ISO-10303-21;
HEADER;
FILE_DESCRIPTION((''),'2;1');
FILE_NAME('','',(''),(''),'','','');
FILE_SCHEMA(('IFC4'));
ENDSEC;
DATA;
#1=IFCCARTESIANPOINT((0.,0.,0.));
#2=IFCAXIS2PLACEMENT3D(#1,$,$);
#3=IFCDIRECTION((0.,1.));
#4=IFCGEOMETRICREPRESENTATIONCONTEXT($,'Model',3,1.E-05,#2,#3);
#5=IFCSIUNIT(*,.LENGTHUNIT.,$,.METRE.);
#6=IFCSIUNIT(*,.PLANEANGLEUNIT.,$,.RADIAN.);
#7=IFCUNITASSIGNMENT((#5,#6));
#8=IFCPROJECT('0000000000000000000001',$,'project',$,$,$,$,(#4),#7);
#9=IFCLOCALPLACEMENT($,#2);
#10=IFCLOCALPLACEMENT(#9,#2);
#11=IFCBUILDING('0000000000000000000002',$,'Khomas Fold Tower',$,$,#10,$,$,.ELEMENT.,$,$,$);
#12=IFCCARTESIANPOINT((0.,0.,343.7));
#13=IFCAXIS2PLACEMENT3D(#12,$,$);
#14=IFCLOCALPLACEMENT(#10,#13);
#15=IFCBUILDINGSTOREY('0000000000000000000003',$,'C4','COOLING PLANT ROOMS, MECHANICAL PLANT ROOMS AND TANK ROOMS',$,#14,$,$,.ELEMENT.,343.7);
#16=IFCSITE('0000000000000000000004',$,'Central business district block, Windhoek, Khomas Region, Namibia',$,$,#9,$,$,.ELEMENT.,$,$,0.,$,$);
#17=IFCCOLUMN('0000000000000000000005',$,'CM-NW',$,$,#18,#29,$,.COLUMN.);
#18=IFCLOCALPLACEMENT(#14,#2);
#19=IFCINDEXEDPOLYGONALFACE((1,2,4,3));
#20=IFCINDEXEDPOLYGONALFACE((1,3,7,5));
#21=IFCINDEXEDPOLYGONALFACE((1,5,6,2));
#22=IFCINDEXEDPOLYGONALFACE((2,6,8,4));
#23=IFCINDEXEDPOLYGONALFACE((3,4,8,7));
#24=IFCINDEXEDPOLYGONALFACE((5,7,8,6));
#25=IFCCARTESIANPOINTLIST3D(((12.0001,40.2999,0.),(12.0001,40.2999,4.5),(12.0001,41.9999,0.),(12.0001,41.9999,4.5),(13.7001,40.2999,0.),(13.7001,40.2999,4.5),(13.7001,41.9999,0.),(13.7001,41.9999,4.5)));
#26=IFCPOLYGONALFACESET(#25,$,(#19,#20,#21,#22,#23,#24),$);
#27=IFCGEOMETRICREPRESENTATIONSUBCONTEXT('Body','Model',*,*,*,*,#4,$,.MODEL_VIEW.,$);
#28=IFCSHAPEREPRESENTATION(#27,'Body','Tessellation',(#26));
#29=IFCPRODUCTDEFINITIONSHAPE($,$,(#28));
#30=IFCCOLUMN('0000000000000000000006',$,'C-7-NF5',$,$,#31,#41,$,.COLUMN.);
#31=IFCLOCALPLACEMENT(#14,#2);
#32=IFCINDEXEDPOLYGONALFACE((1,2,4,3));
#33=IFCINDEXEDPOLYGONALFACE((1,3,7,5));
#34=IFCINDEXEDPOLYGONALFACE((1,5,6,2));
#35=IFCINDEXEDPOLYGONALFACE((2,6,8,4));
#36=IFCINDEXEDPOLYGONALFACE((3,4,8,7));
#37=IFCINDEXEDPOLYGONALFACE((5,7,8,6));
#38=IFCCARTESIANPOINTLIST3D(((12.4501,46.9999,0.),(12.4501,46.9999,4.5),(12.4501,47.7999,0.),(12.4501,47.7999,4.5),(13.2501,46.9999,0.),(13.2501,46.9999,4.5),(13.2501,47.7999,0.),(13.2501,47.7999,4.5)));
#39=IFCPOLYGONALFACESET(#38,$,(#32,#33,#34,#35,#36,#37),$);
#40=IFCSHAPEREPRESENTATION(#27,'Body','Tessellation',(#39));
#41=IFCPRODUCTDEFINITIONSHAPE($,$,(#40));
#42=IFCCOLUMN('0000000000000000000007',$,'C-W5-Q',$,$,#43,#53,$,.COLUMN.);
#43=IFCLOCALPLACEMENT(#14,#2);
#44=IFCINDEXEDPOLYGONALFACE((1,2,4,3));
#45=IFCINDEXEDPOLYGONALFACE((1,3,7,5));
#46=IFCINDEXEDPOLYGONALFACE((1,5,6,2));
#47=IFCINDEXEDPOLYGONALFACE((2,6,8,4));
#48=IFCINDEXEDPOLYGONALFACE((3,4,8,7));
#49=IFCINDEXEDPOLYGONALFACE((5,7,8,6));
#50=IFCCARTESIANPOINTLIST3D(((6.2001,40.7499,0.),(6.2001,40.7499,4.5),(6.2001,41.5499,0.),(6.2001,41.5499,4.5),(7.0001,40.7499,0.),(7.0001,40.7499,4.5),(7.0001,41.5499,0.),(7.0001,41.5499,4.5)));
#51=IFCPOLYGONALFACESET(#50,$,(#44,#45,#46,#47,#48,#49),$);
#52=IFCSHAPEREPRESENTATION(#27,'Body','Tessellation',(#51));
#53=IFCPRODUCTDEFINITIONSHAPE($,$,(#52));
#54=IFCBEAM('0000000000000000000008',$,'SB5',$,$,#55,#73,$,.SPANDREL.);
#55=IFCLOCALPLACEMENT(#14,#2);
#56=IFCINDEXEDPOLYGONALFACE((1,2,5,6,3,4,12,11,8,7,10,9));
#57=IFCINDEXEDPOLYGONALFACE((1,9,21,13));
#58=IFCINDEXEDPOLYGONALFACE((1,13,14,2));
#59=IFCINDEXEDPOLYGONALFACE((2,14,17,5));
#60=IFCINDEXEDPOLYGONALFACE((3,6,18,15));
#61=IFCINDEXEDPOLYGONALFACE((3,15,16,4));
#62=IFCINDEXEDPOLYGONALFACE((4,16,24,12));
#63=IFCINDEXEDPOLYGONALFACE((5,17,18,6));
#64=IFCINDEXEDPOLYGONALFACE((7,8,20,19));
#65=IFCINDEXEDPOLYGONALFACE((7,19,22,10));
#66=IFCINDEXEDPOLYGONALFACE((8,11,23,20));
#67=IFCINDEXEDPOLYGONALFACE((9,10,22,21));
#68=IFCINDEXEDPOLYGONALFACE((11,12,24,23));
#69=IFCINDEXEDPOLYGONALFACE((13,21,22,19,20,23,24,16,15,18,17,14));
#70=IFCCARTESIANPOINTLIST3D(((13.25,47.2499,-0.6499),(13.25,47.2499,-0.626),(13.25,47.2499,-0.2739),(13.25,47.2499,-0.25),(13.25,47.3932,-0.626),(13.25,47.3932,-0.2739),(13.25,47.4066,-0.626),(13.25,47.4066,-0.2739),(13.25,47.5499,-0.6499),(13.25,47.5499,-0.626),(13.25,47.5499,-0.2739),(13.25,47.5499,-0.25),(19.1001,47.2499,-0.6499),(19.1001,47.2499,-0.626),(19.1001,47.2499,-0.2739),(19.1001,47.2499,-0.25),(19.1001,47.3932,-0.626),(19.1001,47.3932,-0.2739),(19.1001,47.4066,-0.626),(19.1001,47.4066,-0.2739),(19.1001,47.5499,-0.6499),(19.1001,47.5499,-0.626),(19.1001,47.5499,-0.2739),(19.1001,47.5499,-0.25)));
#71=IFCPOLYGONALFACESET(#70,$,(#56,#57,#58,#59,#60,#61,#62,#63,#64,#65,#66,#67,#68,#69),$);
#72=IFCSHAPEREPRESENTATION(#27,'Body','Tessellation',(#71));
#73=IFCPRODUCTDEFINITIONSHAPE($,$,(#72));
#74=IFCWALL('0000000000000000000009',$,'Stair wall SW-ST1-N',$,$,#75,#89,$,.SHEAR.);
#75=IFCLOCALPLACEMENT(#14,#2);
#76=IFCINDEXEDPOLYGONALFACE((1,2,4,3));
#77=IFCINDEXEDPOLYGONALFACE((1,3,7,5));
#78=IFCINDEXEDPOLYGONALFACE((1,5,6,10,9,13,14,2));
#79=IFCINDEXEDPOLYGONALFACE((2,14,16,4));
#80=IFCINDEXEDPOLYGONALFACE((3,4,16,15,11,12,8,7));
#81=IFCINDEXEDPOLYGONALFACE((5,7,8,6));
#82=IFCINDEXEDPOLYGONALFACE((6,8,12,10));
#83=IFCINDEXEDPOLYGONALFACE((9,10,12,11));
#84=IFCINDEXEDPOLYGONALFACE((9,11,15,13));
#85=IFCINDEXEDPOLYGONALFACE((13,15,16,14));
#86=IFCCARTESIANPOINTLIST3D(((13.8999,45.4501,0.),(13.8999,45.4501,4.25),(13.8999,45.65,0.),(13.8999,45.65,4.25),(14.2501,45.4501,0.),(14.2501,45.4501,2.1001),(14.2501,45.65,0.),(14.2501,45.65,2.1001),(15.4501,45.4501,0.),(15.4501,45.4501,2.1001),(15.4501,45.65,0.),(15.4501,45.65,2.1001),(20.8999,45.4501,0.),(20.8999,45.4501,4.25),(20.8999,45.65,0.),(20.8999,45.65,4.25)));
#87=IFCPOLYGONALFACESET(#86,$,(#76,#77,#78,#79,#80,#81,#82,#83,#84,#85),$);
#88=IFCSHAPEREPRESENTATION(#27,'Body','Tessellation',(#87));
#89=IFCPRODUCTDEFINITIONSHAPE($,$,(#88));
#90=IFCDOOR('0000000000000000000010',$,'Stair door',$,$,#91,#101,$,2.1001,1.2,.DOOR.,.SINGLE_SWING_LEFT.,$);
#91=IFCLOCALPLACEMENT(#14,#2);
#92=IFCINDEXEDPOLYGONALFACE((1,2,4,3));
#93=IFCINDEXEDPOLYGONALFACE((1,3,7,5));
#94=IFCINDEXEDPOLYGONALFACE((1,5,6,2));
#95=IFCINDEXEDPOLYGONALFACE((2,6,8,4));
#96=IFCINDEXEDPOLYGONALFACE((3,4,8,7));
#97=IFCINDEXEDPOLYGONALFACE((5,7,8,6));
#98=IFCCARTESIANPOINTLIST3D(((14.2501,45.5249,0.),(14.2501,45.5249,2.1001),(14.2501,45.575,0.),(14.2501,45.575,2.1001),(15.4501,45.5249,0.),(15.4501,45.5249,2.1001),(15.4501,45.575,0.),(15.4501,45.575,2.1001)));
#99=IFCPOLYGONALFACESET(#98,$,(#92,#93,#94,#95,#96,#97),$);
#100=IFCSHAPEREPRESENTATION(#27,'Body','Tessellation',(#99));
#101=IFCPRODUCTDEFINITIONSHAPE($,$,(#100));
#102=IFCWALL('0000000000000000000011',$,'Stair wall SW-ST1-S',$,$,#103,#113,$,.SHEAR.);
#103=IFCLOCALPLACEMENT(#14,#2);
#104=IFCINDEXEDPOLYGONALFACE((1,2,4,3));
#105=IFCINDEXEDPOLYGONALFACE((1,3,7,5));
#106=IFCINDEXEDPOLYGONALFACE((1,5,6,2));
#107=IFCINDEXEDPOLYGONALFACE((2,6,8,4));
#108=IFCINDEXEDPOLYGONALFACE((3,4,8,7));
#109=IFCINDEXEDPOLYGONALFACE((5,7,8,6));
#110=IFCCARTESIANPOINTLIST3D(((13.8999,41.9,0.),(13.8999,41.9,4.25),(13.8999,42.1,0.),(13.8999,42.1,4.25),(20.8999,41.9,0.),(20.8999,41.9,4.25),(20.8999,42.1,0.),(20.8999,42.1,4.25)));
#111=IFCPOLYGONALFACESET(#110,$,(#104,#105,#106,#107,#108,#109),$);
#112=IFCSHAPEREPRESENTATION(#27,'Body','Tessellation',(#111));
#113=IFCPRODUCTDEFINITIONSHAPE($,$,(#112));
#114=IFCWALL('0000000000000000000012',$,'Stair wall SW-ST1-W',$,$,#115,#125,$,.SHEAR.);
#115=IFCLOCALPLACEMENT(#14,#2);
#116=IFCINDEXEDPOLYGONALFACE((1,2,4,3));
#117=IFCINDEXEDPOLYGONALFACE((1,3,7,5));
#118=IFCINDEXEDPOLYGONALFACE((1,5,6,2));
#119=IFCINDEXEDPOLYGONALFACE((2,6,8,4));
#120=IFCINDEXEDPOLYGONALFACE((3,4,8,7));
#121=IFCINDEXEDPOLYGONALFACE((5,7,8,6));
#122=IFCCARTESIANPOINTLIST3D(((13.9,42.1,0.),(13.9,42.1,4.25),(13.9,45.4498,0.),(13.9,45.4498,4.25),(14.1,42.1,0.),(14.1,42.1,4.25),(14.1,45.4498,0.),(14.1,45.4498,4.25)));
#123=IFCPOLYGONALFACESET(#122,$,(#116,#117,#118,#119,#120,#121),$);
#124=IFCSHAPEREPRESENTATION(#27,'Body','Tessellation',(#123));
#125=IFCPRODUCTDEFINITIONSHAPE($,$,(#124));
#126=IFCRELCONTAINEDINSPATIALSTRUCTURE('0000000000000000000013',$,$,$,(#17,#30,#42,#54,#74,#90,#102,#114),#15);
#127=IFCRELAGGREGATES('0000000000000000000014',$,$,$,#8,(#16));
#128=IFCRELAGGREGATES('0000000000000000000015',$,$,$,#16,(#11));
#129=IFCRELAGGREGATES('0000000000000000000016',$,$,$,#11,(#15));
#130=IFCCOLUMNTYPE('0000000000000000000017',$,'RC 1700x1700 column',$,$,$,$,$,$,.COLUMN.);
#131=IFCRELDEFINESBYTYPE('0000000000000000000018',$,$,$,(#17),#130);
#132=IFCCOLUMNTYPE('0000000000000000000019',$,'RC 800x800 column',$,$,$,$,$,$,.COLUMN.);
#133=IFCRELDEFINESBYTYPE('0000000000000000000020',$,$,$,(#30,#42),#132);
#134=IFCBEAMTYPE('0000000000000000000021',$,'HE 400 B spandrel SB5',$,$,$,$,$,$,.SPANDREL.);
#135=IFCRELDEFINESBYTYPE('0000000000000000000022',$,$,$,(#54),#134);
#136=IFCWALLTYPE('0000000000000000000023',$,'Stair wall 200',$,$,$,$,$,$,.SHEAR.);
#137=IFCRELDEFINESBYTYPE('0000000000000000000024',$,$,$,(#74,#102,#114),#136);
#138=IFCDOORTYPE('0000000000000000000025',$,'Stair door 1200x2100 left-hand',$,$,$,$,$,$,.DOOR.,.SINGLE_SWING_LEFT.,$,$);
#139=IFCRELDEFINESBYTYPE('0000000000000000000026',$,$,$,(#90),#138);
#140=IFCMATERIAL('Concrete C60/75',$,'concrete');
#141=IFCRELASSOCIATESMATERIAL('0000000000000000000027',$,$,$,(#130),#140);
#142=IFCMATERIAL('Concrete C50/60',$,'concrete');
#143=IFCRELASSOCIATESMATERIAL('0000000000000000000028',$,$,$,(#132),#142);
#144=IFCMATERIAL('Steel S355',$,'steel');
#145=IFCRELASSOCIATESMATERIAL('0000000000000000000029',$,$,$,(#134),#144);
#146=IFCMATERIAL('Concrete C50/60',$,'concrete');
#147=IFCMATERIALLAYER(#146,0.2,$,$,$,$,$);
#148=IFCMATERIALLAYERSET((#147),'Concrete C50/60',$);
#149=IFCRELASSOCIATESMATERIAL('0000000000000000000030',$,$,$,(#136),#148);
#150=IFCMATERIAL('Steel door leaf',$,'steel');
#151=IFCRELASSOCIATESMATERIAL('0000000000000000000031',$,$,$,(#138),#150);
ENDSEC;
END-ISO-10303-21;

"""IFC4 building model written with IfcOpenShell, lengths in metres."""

from ifc_helpers import new_model, si_unit, direction, frame, frame_2d, origin, origin_2d, place, context, subcontext, project, spatial, rectangle, i_section, extrude, source, transform, mapped, material, layer, layer_set, material_profile, profile_set, type_object, element, fill, save


model = new_model("IFC4")

# Units and contexts
model_context = context("Model", 3, precision=1e-05, world=origin(), true_north=direction((0.0, 1.0)))
body_context = subcontext(model_context, "Body", "Model", "MODEL_VIEW")
ifc_project = project(units=[si_unit("LENGTHUNIT", "METRE"), si_unit("PLANEANGLEUNIT", "RADIAN")], contexts=[model_context])

# Site, building, storey
site_placement = place(None, origin())
site = spatial("IfcSite", under=ifc_project, at=site_placement, Name="Central business district block, Windhoek, Khomas Region, Namibia", CompositionType="ELEMENT", RefElevation=0.0)
building_placement = place(site_placement, origin())
building = spatial("IfcBuilding", under=site, at=building_placement, Name="Khomas Fold Tower", CompositionType="ELEMENT")
storey_placement = place(building_placement, frame((0.0, 0.0, 343.7)))
storey = spatial("IfcBuildingStorey", under=building, at=storey_placement, Name="C4", Description="COOLING PLANT ROOMS, MECHANICAL PLANT ROOMS AND TANK ROOMS", CompositionType="ELEMENT", Elevation=343.7)

# Columns
ifc_material_1 = material(Name="Concrete C60/75", Category="concrete")
ifc_material_profile_1 = material_profile(ifc_material_1, rectangle(XDim=1.7, YDim=1.7, at=origin_2d()), Name="RC 1700x1700")
ifc_profile_set_1 = profile_set([ifc_material_profile_1], Name="Concrete C60/75")
column_type_1 = type_object("IfcColumnType", Name="RC 1700x1700 column", PredefinedType="COLUMN", material=ifc_profile_set_1)
shared_shape_1 = source(origin(), body_context, "Body", "SweptSolid", [
    extrude(rectangle(XDim=1.7, YDim=1.7, at=origin_2d()), origin(), (0.0, 0.0, 1.0), 4.5),
])
column_placement = place(storey_placement, frame((12.8501, 41.1499, 0.0), z_axis=(0.0, 0.0, 1.0), x_axis=(1.0, 0.0, 0.0)))
element("IfcColumn", 1, at=column_placement, inside=storey, type_object=column_type_1, Name="CM-NW", PredefinedType="COLUMN", context=body_context, shape_type="MappedRepresentation", body=[
    mapped(shared_shape_1, transform((0.0, 0.0, 0.0))),
])
ifc_material_2 = material(Name="Concrete C50/60", Category="concrete")
ifc_material_profile_2 = material_profile(ifc_material_2, rectangle(XDim=0.8, YDim=0.8, at=origin_2d()), Name="RC 800x800")
ifc_profile_set_2 = profile_set([ifc_material_profile_2], Name="Concrete C50/60")
column_type_2 = type_object("IfcColumnType", Name="RC 800x800 column", PredefinedType="COLUMN", material=ifc_profile_set_2)
shared_shape_2 = source(origin(), body_context, "Body", "SweptSolid", [
    extrude(rectangle(XDim=0.8, YDim=0.8, at=origin_2d()), origin(), (0.0, 0.0, 1.0), 4.5),
])
for number, where, z_axis, x_axis, name in (
    (2, (12.8501, 47.3999, 0.0), (0.0, 0.0, 1.0), (1.0, 0.0, 0.0), "C-7-NF5"),
    (3, (6.6001, 41.1499, 0.0), (0.0, 0.0, 1.0), (1.0, 0.0, 0.0), "C-W5-Q"),
):
    element("IfcColumn", number, at=place(storey_placement, frame(where, z_axis=z_axis, x_axis=x_axis)), inside=storey, type_object=column_type_2, Name=name, PredefinedType="COLUMN", context=body_context, shape_type="MappedRepresentation", body=[
        mapped(shared_shape_2, transform((0.0, 0.0, 0.0))),
    ])

# Beam
ifc_material_3 = material(Name="Steel S355", Category="steel")
ifc_material_profile_3 = material_profile(ifc_material_3, i_section(OverallWidth=0.3, OverallDepth=0.3999, WebThickness=0.0134, FlangeThickness=0.0239, at=origin_2d()), Name="HE 400 B")
ifc_profile_set_3 = profile_set([ifc_material_profile_3], Name="Steel S355")
beam_type = type_object("IfcBeamType", Name="HE 400 B spandrel SB5", PredefinedType="SPANDREL", material=ifc_profile_set_3)
shared_shape_3 = source(origin(), body_context, "Body", "SweptSolid", [
    extrude(i_section(OverallWidth=0.3, OverallDepth=0.3999, WebThickness=0.0134, FlangeThickness=0.0239, at=origin_2d()), origin(), (0.0, 0.0, 1.0), 5.8501),
])
beam_placement = place(storey_placement, frame((13.25, 47.3999, -0.45), z_axis=(1.0, 0.0, 0.0), x_axis=(0.0, 1.0, 0.0)))
element("IfcBeam", 4, at=beam_placement, inside=storey, type_object=beam_type, Name="SB5", PredefinedType="SPANDREL", context=body_context, shape_type="MappedRepresentation", body=[
    mapped(shared_shape_3, transform((0.0, 0.0, 0.0))),
])

# Wall, opening, door
ifc_material_4 = material(Name="Concrete C50/60", Category="concrete")
ifc_layer_1 = layer(ifc_material_4, 0.2)
ifc_layer_set_1 = layer_set([ifc_layer_1], Name="Concrete C50/60")
wall_type_1 = type_object("IfcWallType", Name="Stair wall 200", PredefinedType="SHEAR", material=ifc_layer_set_1)
shared_shape_4 = source(origin(), body_context, "Body", "SweptSolid", [
    extrude(rectangle(XDim=7.0, YDim=0.2, at=frame_2d((3.5, 0.0))), origin(), (0.0, 0.0, 1.0), 4.25),
])
wall_1_placement = place(storey_placement, frame((13.8999, 45.55, 0.0), z_axis=(0.0, 0.0, 1.0), x_axis=(1.0, 0.0, 0.0)))
wall_1 = element("IfcWall", 5, at=wall_1_placement, inside=storey, type_object=wall_type_1, Name="Stair wall SW-ST1-N", PredefinedType="SHEAR", context=body_context, shape_type="MappedRepresentation", body=[
    mapped(shared_shape_4, transform((0.0, 0.0, 0.0))),
])
shared_shape_5 = source(origin(), body_context, "Body", "SweptSolid", [
    extrude(rectangle(XDim=1.2, YDim=2.1001, at=frame_2d((0.6001, 1.05))), frame((0.0, 0.1099, 0.0), z_axis=(0.0, -1.0, 0.0), x_axis=(1.0, 0.0, 0.0)), (0.0, 0.0, 1.0), 0.22),
])
opening_1_placement = place(wall_1_placement, frame((0.3501, 0.0, 0.0)))
opening_1 = element("IfcOpeningElement", 6, at=opening_1_placement, cuts=wall_1, PredefinedType="OPENING", context=body_context, shape_type="MappedRepresentation", body=[
    mapped(shared_shape_5, transform((0.0, 0.0, 0.0))),
])
ifc_material_5 = material(Name="Steel door leaf", Category="steel")
door_type_1 = type_object("IfcDoorType", Name="Stair door 1200x2100 left-hand", OperationType="SINGLE_SWING_LEFT", PredefinedType="DOOR", material=ifc_material_5)
shared_shape_6 = source(origin(), body_context, "Body", "SweptSolid", [
    extrude(rectangle(XDim=1.2, YDim=2.1001, at=frame_2d((0.6001, 1.05))), frame((0.0, 0.0249, 0.0), z_axis=(0.0, -1.0, 0.0), x_axis=(1.0, 0.0, 0.0)), (0.0, 0.0, 1.0), 0.05),
])
door_1_placement = place(opening_1_placement, origin())
door_1 = element("IfcDoor", 7, at=door_1_placement, inside=storey, type_object=door_type_1, Name="Stair door", OperationType="SINGLE_SWING_LEFT", OverallHeight=2.1001, OverallWidth=1.2, PredefinedType="DOOR", context=body_context, shape_type="MappedRepresentation", body=[
    mapped(shared_shape_6, transform((0.0, 0.0, 0.0))),
])
fill(opening_1, door_1)

# Walls
wall_2_placement = place(storey_placement, frame((13.8999, 42.0, 0.0), z_axis=(0.0, 0.0, 1.0), x_axis=(1.0, 0.0, 0.0)))
element("IfcWall", 8, at=wall_2_placement, inside=storey, type_object=wall_type_1, Name="Stair wall SW-ST1-S", PredefinedType="SHEAR", context=body_context, shape_type="MappedRepresentation", body=[
    mapped(shared_shape_4, transform((0.0, 0.0, 0.0))),
])
shared_shape_7 = source(origin(), body_context, "Body", "SweptSolid", [
    extrude(rectangle(XDim=3.3499, YDim=0.2, at=frame_2d((1.6748, 0.0))), origin(), (0.0, 0.0, 1.0), 4.25),
])
wall_3_placement = place(storey_placement, frame((14.0, 42.1001, 0.0), z_axis=(0.0, 0.0, 1.0), x_axis=(0.0, 1.0, 0.0)))
element("IfcWall", 9, at=wall_3_placement, inside=storey, type_object=wall_type_1, Name="Stair wall SW-ST1-W", PredefinedType="SHEAR", context=body_context, shape_type="MappedRepresentation", body=[
    mapped(shared_shape_7, transform((0.0, 0.0, 0.0))),
])

save(model, "model.ifc")
